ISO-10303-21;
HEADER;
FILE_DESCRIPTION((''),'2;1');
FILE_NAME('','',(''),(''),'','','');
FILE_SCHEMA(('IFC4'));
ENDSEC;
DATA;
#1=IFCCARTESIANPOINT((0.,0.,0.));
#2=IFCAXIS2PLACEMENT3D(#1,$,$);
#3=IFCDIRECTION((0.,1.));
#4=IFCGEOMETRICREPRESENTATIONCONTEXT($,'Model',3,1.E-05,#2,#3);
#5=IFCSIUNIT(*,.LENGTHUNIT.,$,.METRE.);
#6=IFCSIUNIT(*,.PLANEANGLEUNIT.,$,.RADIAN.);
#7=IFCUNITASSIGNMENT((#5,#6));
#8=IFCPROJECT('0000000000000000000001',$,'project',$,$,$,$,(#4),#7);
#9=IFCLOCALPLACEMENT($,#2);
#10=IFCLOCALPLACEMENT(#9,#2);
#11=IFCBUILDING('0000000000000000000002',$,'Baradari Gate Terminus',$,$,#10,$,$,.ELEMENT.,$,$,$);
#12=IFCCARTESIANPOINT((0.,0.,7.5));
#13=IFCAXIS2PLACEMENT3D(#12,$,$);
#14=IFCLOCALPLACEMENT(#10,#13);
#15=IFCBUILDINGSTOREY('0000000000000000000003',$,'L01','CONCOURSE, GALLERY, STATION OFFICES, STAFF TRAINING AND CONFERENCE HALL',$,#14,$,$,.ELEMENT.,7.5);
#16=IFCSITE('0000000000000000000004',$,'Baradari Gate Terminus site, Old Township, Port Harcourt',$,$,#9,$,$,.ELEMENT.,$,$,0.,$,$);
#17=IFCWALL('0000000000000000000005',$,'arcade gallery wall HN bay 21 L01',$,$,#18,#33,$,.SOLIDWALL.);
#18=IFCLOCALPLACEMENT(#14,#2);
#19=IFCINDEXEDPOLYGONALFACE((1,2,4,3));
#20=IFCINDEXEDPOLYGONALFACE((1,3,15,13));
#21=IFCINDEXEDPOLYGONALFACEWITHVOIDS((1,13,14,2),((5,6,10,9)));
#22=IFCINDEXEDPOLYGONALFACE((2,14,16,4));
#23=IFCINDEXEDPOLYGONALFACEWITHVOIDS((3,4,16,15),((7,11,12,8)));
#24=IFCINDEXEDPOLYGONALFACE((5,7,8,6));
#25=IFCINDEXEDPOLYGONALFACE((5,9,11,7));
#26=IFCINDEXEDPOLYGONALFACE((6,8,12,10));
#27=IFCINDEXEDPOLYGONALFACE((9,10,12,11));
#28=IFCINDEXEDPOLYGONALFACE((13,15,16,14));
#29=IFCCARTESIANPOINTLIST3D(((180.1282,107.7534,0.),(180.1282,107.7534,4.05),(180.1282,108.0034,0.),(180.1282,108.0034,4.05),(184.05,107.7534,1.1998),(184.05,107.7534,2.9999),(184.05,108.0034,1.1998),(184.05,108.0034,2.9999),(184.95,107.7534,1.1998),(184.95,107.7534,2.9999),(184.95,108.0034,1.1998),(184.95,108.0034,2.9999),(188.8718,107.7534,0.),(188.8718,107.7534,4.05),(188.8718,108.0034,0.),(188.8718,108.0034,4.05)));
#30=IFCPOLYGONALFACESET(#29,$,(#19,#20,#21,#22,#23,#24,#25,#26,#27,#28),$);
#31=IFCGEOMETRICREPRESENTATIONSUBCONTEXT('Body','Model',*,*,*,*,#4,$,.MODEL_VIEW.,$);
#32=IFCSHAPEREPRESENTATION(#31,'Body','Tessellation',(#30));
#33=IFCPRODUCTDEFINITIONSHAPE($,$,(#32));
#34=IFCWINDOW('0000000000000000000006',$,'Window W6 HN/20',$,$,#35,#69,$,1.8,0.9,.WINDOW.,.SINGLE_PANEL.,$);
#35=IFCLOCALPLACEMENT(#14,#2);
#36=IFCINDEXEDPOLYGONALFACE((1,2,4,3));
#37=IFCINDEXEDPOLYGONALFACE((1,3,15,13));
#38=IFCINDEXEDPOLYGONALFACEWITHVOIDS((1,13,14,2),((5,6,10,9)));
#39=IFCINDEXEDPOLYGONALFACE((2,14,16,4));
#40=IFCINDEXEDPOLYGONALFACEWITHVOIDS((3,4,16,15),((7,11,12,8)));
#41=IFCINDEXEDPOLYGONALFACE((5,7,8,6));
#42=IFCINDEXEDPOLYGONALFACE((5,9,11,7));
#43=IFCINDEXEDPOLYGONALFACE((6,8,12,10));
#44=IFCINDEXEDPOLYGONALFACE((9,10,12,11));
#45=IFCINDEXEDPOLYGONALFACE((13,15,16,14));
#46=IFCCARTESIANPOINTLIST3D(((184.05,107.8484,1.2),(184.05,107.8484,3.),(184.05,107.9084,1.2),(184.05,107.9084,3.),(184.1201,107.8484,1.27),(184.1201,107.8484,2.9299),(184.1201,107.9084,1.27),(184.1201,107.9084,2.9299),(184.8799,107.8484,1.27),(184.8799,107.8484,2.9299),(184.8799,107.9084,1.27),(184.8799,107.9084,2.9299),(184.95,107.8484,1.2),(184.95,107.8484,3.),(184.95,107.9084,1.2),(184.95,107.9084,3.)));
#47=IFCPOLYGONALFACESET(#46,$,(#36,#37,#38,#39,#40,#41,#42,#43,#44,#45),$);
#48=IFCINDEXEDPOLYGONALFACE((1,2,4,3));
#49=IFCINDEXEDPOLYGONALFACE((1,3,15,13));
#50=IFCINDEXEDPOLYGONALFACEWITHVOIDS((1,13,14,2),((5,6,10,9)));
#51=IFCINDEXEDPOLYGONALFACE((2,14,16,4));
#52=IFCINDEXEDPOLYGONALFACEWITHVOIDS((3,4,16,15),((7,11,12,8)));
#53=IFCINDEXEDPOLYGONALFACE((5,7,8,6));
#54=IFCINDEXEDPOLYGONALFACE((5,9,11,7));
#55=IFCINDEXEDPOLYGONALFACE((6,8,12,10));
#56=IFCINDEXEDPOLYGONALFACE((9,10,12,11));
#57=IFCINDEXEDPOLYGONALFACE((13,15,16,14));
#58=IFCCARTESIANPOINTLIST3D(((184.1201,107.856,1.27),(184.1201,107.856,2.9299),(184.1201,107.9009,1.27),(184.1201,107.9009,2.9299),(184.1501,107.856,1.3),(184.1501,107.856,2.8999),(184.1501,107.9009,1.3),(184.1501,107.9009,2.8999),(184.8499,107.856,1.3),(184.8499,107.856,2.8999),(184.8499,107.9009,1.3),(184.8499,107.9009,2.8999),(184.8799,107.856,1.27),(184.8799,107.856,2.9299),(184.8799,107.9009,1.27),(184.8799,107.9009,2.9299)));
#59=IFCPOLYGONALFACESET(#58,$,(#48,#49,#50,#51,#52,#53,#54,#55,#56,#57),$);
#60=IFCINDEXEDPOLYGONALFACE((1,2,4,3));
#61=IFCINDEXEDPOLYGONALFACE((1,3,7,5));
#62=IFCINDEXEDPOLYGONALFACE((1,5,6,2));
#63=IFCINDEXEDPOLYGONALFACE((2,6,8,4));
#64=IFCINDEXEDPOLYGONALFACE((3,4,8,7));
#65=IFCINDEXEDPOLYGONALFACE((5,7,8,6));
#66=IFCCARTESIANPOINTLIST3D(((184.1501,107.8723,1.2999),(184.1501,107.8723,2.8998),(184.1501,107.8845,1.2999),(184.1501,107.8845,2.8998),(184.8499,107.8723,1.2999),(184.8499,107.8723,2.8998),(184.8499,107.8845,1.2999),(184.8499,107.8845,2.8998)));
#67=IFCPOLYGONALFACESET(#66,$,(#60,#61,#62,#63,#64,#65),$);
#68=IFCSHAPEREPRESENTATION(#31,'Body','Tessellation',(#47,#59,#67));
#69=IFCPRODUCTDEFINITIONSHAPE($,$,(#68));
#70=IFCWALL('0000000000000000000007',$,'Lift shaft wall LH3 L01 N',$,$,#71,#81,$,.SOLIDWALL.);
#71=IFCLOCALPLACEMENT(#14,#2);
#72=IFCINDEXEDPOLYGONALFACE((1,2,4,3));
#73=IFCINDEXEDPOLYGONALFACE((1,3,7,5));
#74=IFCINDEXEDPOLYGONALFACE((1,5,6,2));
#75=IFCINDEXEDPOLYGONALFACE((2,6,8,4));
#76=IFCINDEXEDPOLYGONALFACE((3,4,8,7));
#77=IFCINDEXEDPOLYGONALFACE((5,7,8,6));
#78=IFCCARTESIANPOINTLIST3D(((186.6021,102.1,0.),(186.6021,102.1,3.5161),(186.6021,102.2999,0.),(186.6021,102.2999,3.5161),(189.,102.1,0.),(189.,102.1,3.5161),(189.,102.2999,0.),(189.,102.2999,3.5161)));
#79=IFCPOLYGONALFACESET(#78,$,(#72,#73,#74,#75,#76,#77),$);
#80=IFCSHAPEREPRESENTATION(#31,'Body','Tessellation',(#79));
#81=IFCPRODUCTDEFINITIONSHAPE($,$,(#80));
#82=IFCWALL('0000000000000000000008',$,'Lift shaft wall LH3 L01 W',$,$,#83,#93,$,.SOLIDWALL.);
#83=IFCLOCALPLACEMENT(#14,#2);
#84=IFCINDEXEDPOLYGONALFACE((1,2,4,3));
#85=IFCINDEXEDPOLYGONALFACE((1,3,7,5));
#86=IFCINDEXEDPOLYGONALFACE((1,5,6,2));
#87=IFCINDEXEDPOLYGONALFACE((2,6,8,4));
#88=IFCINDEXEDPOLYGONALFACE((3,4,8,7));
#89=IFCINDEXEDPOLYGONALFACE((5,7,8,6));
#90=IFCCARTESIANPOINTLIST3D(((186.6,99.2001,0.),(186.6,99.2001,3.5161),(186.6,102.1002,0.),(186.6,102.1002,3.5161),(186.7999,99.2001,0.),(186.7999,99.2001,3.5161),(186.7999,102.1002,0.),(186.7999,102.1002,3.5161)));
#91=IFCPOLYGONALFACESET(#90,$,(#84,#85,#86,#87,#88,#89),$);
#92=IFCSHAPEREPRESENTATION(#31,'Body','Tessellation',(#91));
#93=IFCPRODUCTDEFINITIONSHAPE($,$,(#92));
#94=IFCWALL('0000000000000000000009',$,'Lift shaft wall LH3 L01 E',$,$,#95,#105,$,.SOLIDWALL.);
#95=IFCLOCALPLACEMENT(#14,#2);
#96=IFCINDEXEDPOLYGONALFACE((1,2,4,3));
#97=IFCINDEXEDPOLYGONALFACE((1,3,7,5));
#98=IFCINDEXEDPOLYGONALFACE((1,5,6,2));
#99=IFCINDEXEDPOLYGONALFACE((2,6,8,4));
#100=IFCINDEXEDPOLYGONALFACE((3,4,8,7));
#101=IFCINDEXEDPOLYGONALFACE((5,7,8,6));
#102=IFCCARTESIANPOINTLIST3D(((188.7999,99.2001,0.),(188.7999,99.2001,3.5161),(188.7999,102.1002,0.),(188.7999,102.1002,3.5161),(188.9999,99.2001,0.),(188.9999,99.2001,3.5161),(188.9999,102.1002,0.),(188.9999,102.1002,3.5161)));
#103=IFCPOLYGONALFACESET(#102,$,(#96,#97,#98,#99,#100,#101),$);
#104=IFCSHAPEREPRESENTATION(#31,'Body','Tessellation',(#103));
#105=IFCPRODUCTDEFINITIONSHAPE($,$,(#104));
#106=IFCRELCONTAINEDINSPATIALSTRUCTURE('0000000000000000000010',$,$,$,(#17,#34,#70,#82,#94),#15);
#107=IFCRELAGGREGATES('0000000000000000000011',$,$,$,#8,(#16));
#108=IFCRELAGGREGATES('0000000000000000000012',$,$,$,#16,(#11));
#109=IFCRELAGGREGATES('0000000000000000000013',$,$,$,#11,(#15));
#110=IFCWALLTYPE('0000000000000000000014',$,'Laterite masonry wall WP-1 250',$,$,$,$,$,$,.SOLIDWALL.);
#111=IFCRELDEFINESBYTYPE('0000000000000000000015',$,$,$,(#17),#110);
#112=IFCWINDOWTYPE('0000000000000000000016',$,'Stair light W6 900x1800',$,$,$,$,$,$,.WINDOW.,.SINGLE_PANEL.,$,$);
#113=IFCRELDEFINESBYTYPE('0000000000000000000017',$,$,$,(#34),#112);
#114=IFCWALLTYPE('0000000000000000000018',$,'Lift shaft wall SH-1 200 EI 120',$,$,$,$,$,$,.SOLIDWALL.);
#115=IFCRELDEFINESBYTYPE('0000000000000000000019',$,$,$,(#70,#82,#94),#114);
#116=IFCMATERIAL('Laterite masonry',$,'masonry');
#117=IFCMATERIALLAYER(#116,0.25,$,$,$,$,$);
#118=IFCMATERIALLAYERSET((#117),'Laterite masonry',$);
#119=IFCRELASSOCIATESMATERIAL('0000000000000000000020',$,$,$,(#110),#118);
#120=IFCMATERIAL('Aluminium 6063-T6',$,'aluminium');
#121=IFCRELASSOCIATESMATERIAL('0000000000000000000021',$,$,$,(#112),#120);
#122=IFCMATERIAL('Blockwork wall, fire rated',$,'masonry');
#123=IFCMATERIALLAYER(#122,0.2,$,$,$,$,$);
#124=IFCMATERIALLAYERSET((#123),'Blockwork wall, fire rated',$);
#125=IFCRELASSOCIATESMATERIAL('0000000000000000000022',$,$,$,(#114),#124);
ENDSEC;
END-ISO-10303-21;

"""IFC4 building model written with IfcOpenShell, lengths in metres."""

from ifc_helpers import new_model, si_unit, direction, frame, frame_2d, origin, place, context, subcontext, project, spatial, polyline, rectangle, outline, extrude, material, layer, layer_set, type_object, element, fill, save


model = new_model("IFC4")

# Units and contexts
model_context = context("Model", 3, precision=1e-05, world=origin(), true_north=direction((0.0, 1.0)))
body_context = subcontext(model_context, "Body", "Model", "MODEL_VIEW")
ifc_project = project(units=[si_unit("LENGTHUNIT", "METRE"), si_unit("PLANEANGLEUNIT", "RADIAN")], contexts=[model_context])

# Site, building, storey
site_placement = place(None, origin())
site = spatial("IfcSite", under=ifc_project, at=site_placement, Name="Baradari Gate Terminus site, Old Township, Port Harcourt", CompositionType="ELEMENT", RefElevation=0.0)
building_placement = place(site_placement, origin())
building = spatial("IfcBuilding", under=site, at=building_placement, Name="Baradari Gate Terminus", CompositionType="ELEMENT")
storey_placement = place(building_placement, frame((0.0, 0.0, 7.5)))
storey = spatial("IfcBuildingStorey", under=building, at=storey_placement, Name="L01", Description="CONCOURSE, GALLERY, STATION OFFICES, STAFF TRAINING AND CONFERENCE HALL", CompositionType="ELEMENT", Elevation=7.5)

# Wall, opening, window
ifc_material_1 = material(Name="Laterite masonry", Category="masonry")
ifc_layer_1 = layer(ifc_material_1, 0.25)
ifc_layer_set_1 = layer_set([ifc_layer_1], Name="Laterite masonry")
wall_type_1 = type_object("IfcWallType", Name="Laterite masonry wall WP-1 250", PredefinedType="SOLIDWALL", material=ifc_layer_set_1)
wall_1_placement = place(storey_placement, frame((180.1282, 107.8784, 0.0), z_axis=(0.0, 0.0, 1.0), x_axis=(1.0, 0.0, 0.0)))
wall_1 = element("IfcWall", 1, at=wall_1_placement, inside=storey, type_object=wall_type_1, Name="arcade gallery wall HN bay 21 L01", PredefinedType="SOLIDWALL", context=body_context, shape_type="SweptSolid", body=[
    extrude(rectangle(XDim=8.7437, YDim=0.25, at=frame_2d((4.3718, 0.0))), origin(), (0.0, 0.0, 1.0), 4.05),
])
opening_1_placement = place(wall_1_placement, frame((3.9219, 0.0, 1.2)))
opening_1 = element("IfcOpeningElement", 2, at=opening_1_placement, cuts=wall_1, PredefinedType="OPENING", context=body_context, shape_type="SweptSolid", body=[
    extrude(rectangle(XDim=0.8999, YDim=1.8, at=frame_2d((0.45, 0.8999))), frame((0.0, 0.135, 0.0), z_axis=(0.0, -1.0, 0.0), x_axis=(1.0, 0.0, 0.0)), (0.0, 0.0, 1.0), 0.27),
])
ifc_material_2 = material(Name="Aluminium 6063-T6", Category="aluminium")
window_type_1 = type_object("IfcWindowType", Name="Stair light W6 900x1800", PartitioningType="SINGLE_PANEL", PredefinedType="WINDOW", material=ifc_material_2)
window_1_placement = place(opening_1_placement, origin())
window_1 = element("IfcWindow", 3, at=window_1_placement, inside=storey, type_object=window_type_1, Name="Window W6 HN/20", OverallHeight=1.8, OverallWidth=0.9, PartitioningType="SINGLE_PANEL", PredefinedType="WINDOW", context=body_context, shape_type="SweptSolid", body=[
    extrude(outline(polyline([(0.0, 0.0), (0.8999, 0.0), (0.8999, 1.8), (0.0, 1.8), (0.0, 0.0)]), holes=[polyline([(0.0701, 0.0701), (0.8298, 0.0701), (0.8298, 1.73), (0.0701, 1.73), (0.0701, 0.0701)])]), frame((0.0, 0.03, 0.0), z_axis=(0.0, -1.0, 0.0), x_axis=(1.0, 0.0, 0.0)), (0.0, 0.0, 1.0), 0.0601),
    extrude(outline(polyline([(0.0701, 0.0701), (0.8298, 0.0701), (0.8298, 1.73), (0.0701, 1.73), (0.0701, 0.0701)]), holes=[polyline([(0.1001, 0.1001), (0.7998, 0.1001), (0.7998, 1.7), (0.1001, 1.7), (0.1001, 0.1001)])]), frame((0.0, 0.0225, 0.0), z_axis=(0.0, -1.0, 0.0), x_axis=(1.0, 0.0, 0.0)), (0.0, 0.0, 1.0), 0.0449),
    extrude(rectangle(XDim=0.6997, YDim=1.5999, at=frame_2d((0.45, 0.8999))), frame((0.0, 0.0061, 0.0), z_axis=(0.0, -1.0, 0.0), x_axis=(1.0, 0.0, 0.0)), (0.0, 0.0, 1.0), 0.0122),
])
fill(opening_1, window_1)

# Walls
ifc_material_3 = material(Name="Blockwork wall, fire rated", Category="masonry")
ifc_layer_2 = layer(ifc_material_3, 0.2)
ifc_layer_set_2 = layer_set([ifc_layer_2], Name="Blockwork wall, fire rated")
wall_type_2 = type_object("IfcWallType", Name="Lift shaft wall SH-1 200 EI 120", PredefinedType="SOLIDWALL", material=ifc_layer_set_2)
wall_2_placement = place(storey_placement, frame((186.6021, 102.2, 0.0), z_axis=(0.0, 0.0, 1.0), x_axis=(1.0, 0.0, 0.0)))
element("IfcWall", 4, at=wall_2_placement, inside=storey, type_object=wall_type_2, Name="Lift shaft wall LH3 L01 N", PredefinedType="SOLIDWALL", context=body_context, shape_type="SweptSolid", body=[
    extrude(rectangle(XDim=2.3979, YDim=0.2, at=frame_2d((1.199, 0.0))), origin(), (0.0, 0.0, 1.0), 3.5161),
])
for number, where, z_axis, x_axis, name in (
    (5, (186.7, 99.2, 0.0), (0.0, 0.0, 1.0), (0.0, 1.0, 0.0), "Lift shaft wall LH3 L01 W"),
    (6, (188.8999, 99.2, 0.0), (0.0, 0.0, 1.0), (0.0, 1.0, 0.0), "Lift shaft wall LH3 L01 E"),
):
    element("IfcWall", number, at=place(storey_placement, frame(where, z_axis=z_axis, x_axis=x_axis)), inside=storey, type_object=wall_type_2, Name=name, PredefinedType="SOLIDWALL", context=body_context, shape_type="SweptSolid", body=[
        extrude(rectangle(XDim=2.9001, YDim=0.2, at=frame_2d((1.4502, 0.0))), origin(), (0.0, 0.0, 1.0), 3.5161),
    ])

save(model, "model.ifc")
